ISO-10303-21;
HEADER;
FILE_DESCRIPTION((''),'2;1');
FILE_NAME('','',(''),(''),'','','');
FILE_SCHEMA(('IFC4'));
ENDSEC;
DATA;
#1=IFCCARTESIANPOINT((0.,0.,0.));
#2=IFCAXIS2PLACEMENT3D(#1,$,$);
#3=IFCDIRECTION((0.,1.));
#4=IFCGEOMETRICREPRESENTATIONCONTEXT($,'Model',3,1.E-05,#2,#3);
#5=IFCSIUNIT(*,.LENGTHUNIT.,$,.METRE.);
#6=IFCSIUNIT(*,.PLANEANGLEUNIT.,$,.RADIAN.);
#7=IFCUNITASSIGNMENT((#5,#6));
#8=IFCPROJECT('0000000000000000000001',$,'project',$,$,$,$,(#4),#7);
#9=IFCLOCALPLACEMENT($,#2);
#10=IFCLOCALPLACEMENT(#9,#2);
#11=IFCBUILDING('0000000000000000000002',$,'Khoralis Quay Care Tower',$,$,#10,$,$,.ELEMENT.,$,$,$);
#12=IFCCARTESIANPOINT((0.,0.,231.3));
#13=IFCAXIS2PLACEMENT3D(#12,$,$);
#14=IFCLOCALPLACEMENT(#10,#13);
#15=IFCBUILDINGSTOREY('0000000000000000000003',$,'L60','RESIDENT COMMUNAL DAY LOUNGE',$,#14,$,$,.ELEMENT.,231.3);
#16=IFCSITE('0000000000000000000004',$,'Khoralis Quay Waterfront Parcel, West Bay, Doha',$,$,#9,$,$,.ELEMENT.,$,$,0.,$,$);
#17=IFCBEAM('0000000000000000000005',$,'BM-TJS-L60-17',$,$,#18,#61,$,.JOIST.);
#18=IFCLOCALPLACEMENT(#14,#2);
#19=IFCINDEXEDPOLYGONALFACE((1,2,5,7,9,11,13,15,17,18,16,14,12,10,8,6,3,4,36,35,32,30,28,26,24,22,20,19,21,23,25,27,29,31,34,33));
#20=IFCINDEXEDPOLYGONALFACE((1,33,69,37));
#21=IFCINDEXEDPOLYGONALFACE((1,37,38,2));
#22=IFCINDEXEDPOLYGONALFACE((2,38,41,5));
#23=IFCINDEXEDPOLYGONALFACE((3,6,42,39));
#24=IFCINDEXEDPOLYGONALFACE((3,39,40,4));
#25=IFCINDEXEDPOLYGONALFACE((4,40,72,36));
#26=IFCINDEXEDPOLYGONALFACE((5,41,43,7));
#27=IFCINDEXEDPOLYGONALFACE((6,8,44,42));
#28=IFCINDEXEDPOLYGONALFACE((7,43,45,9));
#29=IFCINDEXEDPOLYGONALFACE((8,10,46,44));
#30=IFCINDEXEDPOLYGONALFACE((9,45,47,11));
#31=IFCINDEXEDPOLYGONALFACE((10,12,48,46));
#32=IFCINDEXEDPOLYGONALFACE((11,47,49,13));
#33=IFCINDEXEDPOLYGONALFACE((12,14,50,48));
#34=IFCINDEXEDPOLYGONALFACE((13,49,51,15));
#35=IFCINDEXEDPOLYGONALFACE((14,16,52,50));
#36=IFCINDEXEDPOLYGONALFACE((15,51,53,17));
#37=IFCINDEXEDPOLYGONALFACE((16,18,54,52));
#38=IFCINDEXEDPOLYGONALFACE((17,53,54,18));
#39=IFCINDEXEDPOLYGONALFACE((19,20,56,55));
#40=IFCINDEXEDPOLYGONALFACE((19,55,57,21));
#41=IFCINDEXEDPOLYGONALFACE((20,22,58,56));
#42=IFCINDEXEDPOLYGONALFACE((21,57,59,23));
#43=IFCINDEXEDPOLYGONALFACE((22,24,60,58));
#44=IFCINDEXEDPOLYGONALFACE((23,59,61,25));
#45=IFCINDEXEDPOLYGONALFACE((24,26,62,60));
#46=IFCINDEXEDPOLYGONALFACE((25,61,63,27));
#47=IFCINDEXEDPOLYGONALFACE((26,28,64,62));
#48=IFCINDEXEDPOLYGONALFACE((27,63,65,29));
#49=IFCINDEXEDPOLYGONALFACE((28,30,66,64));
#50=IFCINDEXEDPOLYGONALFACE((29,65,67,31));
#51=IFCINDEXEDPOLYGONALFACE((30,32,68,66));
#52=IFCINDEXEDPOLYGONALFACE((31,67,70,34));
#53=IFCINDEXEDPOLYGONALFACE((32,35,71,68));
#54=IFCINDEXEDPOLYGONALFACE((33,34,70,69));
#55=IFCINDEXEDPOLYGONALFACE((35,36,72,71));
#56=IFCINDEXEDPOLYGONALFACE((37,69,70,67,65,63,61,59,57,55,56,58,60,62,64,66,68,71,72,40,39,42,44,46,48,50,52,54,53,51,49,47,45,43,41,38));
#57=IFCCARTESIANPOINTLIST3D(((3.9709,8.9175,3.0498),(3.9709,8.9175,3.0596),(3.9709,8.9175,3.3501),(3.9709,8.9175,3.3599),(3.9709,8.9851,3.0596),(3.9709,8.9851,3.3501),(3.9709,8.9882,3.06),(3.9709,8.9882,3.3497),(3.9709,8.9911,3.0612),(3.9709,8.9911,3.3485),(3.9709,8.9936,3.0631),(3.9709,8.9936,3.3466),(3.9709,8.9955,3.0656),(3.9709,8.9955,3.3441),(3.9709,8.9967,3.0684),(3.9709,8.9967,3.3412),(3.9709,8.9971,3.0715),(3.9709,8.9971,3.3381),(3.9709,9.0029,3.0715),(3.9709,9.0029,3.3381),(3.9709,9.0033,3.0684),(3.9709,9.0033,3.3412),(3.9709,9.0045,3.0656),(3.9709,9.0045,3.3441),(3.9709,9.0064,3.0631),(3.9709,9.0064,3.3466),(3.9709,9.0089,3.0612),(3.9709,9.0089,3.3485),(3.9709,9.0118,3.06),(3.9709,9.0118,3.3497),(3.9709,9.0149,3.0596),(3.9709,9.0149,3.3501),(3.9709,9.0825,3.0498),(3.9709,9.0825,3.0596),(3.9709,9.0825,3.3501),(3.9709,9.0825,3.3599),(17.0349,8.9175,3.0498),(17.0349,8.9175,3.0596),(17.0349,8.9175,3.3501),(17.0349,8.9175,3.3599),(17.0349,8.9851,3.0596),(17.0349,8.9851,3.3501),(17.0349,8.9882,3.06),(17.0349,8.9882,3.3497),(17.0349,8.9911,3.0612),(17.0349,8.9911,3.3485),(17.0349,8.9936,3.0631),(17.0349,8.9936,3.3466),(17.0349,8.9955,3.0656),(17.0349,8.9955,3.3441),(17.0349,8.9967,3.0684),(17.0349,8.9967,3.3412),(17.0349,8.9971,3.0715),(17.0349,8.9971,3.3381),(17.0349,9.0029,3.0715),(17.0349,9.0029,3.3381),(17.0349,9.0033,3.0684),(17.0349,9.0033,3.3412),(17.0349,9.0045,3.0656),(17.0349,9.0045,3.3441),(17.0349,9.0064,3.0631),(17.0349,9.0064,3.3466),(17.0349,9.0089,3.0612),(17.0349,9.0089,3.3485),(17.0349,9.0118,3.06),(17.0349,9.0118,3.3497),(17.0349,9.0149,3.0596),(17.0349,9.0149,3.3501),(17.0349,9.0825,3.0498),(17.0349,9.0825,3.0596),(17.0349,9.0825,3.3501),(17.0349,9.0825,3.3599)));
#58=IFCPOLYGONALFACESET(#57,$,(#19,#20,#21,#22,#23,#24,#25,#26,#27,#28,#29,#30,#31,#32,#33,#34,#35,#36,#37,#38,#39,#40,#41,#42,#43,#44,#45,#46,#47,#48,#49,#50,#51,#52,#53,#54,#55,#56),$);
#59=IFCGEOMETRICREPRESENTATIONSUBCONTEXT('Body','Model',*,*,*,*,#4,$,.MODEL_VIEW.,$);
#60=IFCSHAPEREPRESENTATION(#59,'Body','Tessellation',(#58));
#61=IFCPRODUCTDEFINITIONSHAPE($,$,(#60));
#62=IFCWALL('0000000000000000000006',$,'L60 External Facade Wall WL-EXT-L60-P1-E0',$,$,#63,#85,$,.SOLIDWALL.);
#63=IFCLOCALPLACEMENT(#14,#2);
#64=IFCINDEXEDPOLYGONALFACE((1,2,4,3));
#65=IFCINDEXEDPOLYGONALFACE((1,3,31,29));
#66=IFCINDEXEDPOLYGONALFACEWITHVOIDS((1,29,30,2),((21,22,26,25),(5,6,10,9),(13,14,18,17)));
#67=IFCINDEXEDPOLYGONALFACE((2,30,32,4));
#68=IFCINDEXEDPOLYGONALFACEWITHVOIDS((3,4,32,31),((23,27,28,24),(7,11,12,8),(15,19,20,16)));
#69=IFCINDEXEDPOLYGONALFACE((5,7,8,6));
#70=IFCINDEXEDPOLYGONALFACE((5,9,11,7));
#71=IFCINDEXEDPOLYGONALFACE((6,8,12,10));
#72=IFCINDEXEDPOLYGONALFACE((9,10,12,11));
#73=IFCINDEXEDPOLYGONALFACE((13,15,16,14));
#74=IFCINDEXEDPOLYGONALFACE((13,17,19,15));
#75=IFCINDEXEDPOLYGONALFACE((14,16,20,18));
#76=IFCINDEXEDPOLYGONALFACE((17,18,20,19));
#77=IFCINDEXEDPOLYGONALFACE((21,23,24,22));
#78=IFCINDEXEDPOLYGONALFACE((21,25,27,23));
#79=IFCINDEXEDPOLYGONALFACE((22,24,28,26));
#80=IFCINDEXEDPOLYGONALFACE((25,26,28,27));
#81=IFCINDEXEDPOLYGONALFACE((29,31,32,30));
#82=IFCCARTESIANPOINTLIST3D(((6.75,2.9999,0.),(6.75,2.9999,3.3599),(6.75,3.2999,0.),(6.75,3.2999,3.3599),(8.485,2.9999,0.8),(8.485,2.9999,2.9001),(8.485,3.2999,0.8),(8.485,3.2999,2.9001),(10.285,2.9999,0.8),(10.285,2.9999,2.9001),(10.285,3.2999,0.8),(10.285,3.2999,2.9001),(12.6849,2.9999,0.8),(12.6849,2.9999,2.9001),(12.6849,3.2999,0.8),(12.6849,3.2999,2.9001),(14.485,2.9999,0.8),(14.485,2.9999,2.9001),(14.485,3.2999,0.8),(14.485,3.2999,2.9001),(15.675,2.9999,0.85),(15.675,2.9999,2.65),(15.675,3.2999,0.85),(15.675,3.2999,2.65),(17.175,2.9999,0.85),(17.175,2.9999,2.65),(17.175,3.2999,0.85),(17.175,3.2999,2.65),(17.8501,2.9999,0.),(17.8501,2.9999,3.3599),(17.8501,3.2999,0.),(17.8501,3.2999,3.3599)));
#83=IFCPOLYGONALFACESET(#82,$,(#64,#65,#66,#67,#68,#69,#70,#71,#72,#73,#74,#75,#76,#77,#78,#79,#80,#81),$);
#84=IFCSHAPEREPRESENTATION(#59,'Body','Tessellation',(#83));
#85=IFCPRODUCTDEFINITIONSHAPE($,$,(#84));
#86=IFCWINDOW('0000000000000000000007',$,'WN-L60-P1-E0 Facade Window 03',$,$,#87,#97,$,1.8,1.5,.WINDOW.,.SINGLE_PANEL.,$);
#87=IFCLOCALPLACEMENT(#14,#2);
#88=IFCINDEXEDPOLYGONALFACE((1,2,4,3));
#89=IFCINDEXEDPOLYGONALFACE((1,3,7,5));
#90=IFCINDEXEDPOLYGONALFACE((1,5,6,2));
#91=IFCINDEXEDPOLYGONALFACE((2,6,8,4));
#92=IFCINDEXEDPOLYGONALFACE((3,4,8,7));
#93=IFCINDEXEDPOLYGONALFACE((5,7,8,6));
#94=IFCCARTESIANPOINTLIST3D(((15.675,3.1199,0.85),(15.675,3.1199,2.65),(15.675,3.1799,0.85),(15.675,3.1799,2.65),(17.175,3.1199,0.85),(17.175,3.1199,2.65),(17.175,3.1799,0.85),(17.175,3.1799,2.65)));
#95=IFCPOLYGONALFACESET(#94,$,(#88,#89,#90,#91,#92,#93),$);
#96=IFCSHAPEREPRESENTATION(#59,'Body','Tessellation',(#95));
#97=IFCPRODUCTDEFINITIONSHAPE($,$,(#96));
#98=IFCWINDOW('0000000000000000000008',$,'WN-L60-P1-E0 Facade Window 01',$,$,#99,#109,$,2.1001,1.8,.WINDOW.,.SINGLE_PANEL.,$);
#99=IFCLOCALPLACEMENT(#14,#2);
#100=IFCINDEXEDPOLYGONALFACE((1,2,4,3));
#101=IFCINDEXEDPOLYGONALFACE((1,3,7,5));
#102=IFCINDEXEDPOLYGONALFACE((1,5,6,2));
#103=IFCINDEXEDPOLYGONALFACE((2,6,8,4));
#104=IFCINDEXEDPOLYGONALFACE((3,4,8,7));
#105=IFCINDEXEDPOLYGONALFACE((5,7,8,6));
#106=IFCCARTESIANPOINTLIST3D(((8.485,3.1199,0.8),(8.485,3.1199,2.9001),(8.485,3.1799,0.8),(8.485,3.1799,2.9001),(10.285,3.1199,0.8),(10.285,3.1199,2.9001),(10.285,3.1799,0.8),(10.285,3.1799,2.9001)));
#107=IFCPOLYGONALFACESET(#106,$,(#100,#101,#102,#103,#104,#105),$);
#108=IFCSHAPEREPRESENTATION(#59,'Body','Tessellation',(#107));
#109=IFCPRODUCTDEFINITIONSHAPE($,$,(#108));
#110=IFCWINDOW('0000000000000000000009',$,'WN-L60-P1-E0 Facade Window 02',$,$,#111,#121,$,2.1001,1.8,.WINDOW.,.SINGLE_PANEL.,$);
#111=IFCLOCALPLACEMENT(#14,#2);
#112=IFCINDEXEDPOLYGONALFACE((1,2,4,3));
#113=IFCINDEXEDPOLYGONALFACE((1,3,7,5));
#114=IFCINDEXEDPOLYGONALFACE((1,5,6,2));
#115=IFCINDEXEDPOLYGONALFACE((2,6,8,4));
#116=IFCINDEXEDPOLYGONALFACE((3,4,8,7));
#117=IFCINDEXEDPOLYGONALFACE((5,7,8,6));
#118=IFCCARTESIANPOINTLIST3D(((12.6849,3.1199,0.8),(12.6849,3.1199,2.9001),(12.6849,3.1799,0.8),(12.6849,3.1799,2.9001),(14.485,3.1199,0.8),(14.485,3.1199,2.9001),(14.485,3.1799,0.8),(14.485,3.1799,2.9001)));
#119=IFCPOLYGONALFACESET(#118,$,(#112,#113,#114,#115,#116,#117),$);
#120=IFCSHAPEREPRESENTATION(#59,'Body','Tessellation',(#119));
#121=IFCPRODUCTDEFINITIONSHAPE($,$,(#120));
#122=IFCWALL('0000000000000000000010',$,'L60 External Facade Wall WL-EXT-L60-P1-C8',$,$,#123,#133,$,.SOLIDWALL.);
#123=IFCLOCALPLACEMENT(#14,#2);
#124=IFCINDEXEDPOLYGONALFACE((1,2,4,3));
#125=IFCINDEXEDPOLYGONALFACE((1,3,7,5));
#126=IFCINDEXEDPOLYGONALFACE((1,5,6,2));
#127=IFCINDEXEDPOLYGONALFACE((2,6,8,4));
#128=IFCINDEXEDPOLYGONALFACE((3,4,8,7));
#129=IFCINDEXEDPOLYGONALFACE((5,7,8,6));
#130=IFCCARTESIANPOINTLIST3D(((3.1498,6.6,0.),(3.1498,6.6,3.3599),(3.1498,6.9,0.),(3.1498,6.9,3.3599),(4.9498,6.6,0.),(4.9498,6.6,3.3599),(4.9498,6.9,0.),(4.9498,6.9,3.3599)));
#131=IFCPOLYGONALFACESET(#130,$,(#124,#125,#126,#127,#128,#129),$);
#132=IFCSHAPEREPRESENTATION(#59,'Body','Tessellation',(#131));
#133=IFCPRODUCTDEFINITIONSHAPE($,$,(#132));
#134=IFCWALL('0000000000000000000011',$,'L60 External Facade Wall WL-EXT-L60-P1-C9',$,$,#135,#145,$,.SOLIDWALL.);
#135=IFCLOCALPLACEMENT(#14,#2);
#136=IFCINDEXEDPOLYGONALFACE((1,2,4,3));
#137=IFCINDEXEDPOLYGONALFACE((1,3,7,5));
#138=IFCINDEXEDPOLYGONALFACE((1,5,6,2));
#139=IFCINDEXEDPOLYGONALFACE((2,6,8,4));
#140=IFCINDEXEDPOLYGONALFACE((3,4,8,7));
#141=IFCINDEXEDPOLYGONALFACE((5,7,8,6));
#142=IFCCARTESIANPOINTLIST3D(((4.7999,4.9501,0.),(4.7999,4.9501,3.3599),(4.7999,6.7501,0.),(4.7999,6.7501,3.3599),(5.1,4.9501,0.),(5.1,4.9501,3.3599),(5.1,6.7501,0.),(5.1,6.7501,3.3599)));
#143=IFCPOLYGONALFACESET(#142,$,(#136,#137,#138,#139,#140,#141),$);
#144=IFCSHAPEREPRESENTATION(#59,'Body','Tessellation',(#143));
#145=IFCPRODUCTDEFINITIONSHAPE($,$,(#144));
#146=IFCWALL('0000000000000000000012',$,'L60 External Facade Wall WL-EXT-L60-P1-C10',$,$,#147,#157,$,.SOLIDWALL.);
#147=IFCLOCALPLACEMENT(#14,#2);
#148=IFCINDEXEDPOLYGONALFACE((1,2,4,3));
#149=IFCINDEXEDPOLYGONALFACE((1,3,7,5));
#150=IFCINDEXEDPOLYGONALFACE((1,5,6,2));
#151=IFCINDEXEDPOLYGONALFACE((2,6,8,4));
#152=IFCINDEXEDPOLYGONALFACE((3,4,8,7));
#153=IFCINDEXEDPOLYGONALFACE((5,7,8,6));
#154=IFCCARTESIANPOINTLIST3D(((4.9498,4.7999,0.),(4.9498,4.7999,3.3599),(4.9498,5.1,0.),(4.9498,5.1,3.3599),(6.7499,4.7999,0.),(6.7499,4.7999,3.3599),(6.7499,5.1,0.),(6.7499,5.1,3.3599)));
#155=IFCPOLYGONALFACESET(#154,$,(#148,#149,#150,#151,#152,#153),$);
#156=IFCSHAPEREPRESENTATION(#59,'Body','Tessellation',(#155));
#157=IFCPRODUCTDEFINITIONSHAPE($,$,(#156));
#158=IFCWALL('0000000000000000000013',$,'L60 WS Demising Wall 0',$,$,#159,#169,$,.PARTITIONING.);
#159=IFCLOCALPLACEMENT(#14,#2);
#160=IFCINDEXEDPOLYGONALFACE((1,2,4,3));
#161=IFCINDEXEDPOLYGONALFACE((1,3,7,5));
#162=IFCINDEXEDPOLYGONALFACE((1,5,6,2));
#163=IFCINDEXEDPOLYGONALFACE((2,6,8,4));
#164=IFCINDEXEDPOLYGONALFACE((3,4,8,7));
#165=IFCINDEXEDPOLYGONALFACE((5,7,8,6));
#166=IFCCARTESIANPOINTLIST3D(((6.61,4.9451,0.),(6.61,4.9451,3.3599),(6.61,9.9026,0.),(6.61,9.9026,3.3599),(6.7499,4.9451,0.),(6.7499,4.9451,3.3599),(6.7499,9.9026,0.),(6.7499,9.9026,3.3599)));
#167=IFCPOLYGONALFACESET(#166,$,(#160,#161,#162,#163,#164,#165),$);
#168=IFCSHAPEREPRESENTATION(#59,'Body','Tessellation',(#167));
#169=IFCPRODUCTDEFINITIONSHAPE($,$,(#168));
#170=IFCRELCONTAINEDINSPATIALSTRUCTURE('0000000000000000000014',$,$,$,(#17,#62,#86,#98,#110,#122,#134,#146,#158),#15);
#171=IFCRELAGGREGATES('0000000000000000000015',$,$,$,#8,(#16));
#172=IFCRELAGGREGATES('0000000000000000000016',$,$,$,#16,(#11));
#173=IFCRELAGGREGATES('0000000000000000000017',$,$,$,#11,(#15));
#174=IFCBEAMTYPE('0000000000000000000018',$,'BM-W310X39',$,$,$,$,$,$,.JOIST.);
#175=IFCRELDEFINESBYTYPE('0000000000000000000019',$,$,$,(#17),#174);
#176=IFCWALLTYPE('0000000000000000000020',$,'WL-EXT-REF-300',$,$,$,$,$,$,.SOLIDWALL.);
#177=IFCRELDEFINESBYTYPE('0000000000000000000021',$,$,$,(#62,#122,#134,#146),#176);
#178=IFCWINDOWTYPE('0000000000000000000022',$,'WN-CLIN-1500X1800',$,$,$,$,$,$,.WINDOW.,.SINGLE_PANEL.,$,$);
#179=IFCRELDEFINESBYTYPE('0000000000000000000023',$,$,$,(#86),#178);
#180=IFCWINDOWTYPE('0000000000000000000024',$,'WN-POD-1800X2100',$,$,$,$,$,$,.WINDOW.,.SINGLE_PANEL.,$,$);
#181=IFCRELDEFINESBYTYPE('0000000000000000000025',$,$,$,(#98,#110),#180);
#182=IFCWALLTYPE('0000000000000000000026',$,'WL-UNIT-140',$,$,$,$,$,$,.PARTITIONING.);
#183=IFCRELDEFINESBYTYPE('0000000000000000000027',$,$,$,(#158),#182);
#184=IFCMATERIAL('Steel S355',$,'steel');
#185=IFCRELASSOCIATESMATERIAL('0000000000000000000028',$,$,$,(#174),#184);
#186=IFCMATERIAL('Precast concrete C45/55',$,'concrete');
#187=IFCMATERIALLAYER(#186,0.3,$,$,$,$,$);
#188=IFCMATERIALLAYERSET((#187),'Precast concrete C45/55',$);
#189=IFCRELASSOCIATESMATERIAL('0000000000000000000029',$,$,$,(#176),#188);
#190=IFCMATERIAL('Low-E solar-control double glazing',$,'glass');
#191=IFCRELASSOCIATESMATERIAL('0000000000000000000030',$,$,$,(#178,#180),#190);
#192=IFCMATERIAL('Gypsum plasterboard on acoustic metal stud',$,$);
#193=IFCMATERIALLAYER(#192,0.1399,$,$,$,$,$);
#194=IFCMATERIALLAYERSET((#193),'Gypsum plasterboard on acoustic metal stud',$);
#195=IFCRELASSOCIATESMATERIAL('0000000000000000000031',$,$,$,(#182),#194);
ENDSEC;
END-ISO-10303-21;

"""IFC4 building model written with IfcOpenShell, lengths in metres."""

from ifc_helpers import new_model, si_unit, direction, frame, frame_2d, origin, origin_2d, place, context, subcontext, project, spatial, rectangle, i_section, extrude, source, transform, mapped, material, layer, layer_set, material_profile, profile_set, type_object, element, fill, save


model = new_model("IFC4")

# Units and contexts
model_context = context("Model", 3, precision=1e-05, world=origin(), true_north=direction((0.0, 1.0)))
body_context = subcontext(model_context, "Body", "Model", "MODEL_VIEW")
ifc_project = project(units=[si_unit("LENGTHUNIT", "METRE"), si_unit("PLANEANGLEUNIT", "RADIAN")], contexts=[model_context])

# Site, building, storey
site_placement = place(None, origin())
site = spatial("IfcSite", under=ifc_project, at=site_placement, Name="Khoralis Quay Waterfront Parcel, West Bay, Doha", CompositionType="ELEMENT", RefElevation=0.0)
building_placement = place(site_placement, origin())
building = spatial("IfcBuilding", under=site, at=building_placement, Name="Khoralis Quay Care Tower", CompositionType="ELEMENT")
storey_placement = place(building_placement, frame((0.0, 0.0, 231.3)))
storey = spatial("IfcBuildingStorey", under=building, at=storey_placement, Name="L60", Description="RESIDENT COMMUNAL DAY LOUNGE", CompositionType="ELEMENT", Elevation=231.3)

# Beam
ifc_material_1 = material(Name="Steel S355", Category="steel")
ifc_material_profile = material_profile(ifc_material_1, i_section(OverallWidth=0.165, OverallDepth=0.3101, WebThickness=0.0059, FlangeThickness=0.0098, FilletRadius=0.012, at=origin_2d()), Name="Steel S355")
ifc_profile_set = profile_set([ifc_material_profile], Name="Steel S355")
beam_type = type_object("IfcBeamType", Name="BM-W310X39", PredefinedType="JOIST", material=ifc_profile_set)
shared_shape_1 = source(origin(), body_context, "Body", "SweptSolid", [
    extrude(i_section(OverallWidth=0.165, OverallDepth=0.3101, WebThickness=0.0059, FlangeThickness=0.0098, FilletRadius=0.012, at=origin_2d()), origin(), (0.0, 0.0, 1.0), 13.064),
])
beam_placement = place(storey_placement, frame((3.9709, 9.0, 3.2048), z_axis=(1.0, 0.0, 0.0), x_axis=(0.0, 1.0, 0.0)))
element("IfcBeam", 1, at=beam_placement, inside=storey, type_object=beam_type, Name="BM-TJS-L60-17", PredefinedType="JOIST", context=body_context, shape_type="MappedRepresentation", body=[
    mapped(shared_shape_1, transform((0.0, 0.0, 0.0), scale=1.0)),
])

# Wall, openings, windows
ifc_material_2 = material(Name="Precast concrete C45/55", Category="concrete")
ifc_layer_1 = layer(ifc_material_2, 0.3)
ifc_layer_set_1 = layer_set([ifc_layer_1], Name="Precast concrete C45/55")
wall_type_1 = type_object("IfcWallType", Name="WL-EXT-REF-300", PredefinedType="SOLIDWALL", material=ifc_layer_set_1)
wall_1_placement = place(storey_placement, frame((6.75, 3.1499, 0.0), z_axis=(0.0, 0.0, 1.0), x_axis=(1.0, 0.0, 0.0)))
wall_1 = element("IfcWall", 2, at=wall_1_placement, inside=storey, type_object=wall_type_1, Name="L60 External Facade Wall WL-EXT-L60-P1-E0", PredefinedType="SOLIDWALL", context=body_context, shape_type="SweptSolid", body=[
    extrude(rectangle(XDim=11.1001, YDim=0.3, at=frame_2d((5.55, 0.0))), origin(), (0.0, 0.0, 1.0), 3.3599),
])
opening_1_placement = place(wall_1_placement, frame((1.7351, 0.0, 0.8)))
opening_1 = element("IfcOpeningElement", 3, at=opening_1_placement, cuts=wall_1, PredefinedType="OPENING", context=body_context, shape_type="SweptSolid", body=[
    extrude(rectangle(XDim=1.8, YDim=2.1001, at=frame_2d((0.8999, 1.05))), frame((0.0, 0.1602, 0.0), z_axis=(0.0, -1.0, 0.0), x_axis=(1.0, 0.0, 0.0)), (0.0, 0.0, 1.0), 0.3201),
])
opening_2_placement = place(wall_1_placement, frame((5.9351, 0.0, 0.8)))
opening_2 = element("IfcOpeningElement", 4, at=opening_2_placement, cuts=wall_1, PredefinedType="OPENING", context=body_context, shape_type="SweptSolid", body=[
    extrude(rectangle(XDim=1.8, YDim=2.1001, at=frame_2d((0.8999, 1.05))), frame((0.0, 0.1602, 0.0), z_axis=(0.0, -1.0, 0.0), x_axis=(1.0, 0.0, 0.0)), (0.0, 0.0, 1.0), 0.3201),
])
opening_3_placement = place(wall_1_placement, frame((8.925, 0.0, 0.8501)))
opening_3 = element("IfcOpeningElement", 5, at=opening_3_placement, cuts=wall_1, PredefinedType="OPENING", context=body_context, shape_type="SweptSolid", body=[
    extrude(rectangle(XDim=1.5, YDim=1.8, at=frame_2d((0.75, 0.8999))), frame((0.0, 0.1602, 0.0), z_axis=(0.0, -1.0, 0.0), x_axis=(1.0, 0.0, 0.0)), (0.0, 0.0, 1.0), 0.3201),
])
ifc_material_3 = material(Name="Low-E solar-control double glazing", Category="glass")
window_type_1 = type_object("IfcWindowType", Name="WN-CLIN-1500X1800", PartitioningType="SINGLE_PANEL", PredefinedType="WINDOW", material=ifc_material_3)
shared_shape_2 = source(origin(), body_context, "Body", "SweptSolid", [
    extrude(rectangle(XDim=1.5, YDim=1.8, at=frame_2d((0.75, 0.8999))), frame((0.0, 0.03, 0.0), z_axis=(0.0, -1.0, 0.0), x_axis=(1.0, 0.0, 0.0)), (0.0, 0.0, 1.0), 0.0601),
])
window_1_placement = place(opening_3_placement, origin())
window_1 = element("IfcWindow", 6, at=window_1_placement, inside=storey, type_object=window_type_1, Name="WN-L60-P1-E0 Facade Window 03", OverallHeight=1.8, OverallWidth=1.5, PartitioningType="SINGLE_PANEL", PredefinedType="WINDOW", context=body_context, shape_type="MappedRepresentation", body=[
    mapped(shared_shape_2, transform((0.0, 0.0, 0.0), scale=1.0)),
])
fill(opening_3, window_1)
window_type_2 = type_object("IfcWindowType", Name="WN-POD-1800X2100", PartitioningType="SINGLE_PANEL", PredefinedType="WINDOW", material=ifc_material_3)
shared_shape_3 = source(origin(), body_context, "Body", "SweptSolid", [
    extrude(rectangle(XDim=1.8, YDim=2.1001, at=frame_2d((0.8999, 1.05))), frame((0.0, 0.03, 0.0), z_axis=(0.0, -1.0, 0.0), x_axis=(1.0, 0.0, 0.0)), (0.0, 0.0, 1.0), 0.0601),
])
window_2_placement = place(opening_1_placement, origin())
window_2 = element("IfcWindow", 7, at=window_2_placement, inside=storey, type_object=window_type_2, Name="WN-L60-P1-E0 Facade Window 01", OverallHeight=2.1001, OverallWidth=1.8, PartitioningType="SINGLE_PANEL", PredefinedType="WINDOW", context=body_context, shape_type="MappedRepresentation", body=[
    mapped(shared_shape_3, transform((0.0, 0.0, 0.0), scale=1.0)),
])
fill(opening_1, window_2)
window_3_placement = place(opening_2_placement, origin())
window_3 = element("IfcWindow", 8, at=window_3_placement, inside=storey, type_object=window_type_2, Name="WN-L60-P1-E0 Facade Window 02", OverallHeight=2.1001, OverallWidth=1.8, PartitioningType="SINGLE_PANEL", PredefinedType="WINDOW", context=body_context, shape_type="MappedRepresentation", body=[
    mapped(shared_shape_3, transform((0.0, 0.0, 0.0), scale=1.0)),
])
fill(opening_2, window_3)

# Walls
for number, where, z_axis, x_axis, name in (
    (9, (3.1499, 6.75, 0.0), (0.0, 0.0, 1.0), (1.0, 0.0, 0.0), "L60 External Facade Wall WL-EXT-L60-P1-C8"),
    (10, (4.95, 6.75, 0.0), (0.0, 0.0, 1.0), (0.0, -1.0, 0.0), "L60 External Facade Wall WL-EXT-L60-P1-C9"),
    (11, (4.95, 4.95, 0.0), (0.0, 0.0, 1.0), (1.0, 0.0, 0.0), "L60 External Facade Wall WL-EXT-L60-P1-C10"),
):
    element("IfcWall", number, at=place(storey_placement, frame(where, z_axis=z_axis, x_axis=x_axis)), inside=storey, type_object=wall_type_1, Name=name, PredefinedType="SOLIDWALL", context=body_context, shape_type="SweptSolid", body=[
        extrude(rectangle(XDim=1.8, YDim=0.3, at=frame_2d((0.8999, 0.0))), origin(), (0.0, 0.0, 1.0), 3.3599),
    ])
ifc_material_4 = material(Name="Gypsum plasterboard on acoustic metal stud")
ifc_layer_2 = layer(ifc_material_4, 0.1399)
ifc_layer_set_2 = layer_set([ifc_layer_2], Name="Gypsum plasterboard on acoustic metal stud")
wall_type_2 = type_object("IfcWallType", Name="WL-UNIT-140", PredefinedType="PARTITIONING", material=ifc_layer_set_2)
wall_2_placement = place(storey_placement, frame((6.6799, 4.9451, 0.0), z_axis=(0.0, 0.0, 1.0), x_axis=(0.0, 1.0, 0.0)))
element("IfcWall", 12, at=wall_2_placement, inside=storey, type_object=wall_type_2, Name="L60 WS Demising Wall 0", PredefinedType="PARTITIONING", context=body_context, shape_type="SweptSolid", body=[
    extrude(rectangle(XDim=4.9575, YDim=0.1399, at=frame_2d((2.4788, 0.0))), origin(), (0.0, 0.0, 1.0), 3.3599),
])

save(model, "model.ifc")
